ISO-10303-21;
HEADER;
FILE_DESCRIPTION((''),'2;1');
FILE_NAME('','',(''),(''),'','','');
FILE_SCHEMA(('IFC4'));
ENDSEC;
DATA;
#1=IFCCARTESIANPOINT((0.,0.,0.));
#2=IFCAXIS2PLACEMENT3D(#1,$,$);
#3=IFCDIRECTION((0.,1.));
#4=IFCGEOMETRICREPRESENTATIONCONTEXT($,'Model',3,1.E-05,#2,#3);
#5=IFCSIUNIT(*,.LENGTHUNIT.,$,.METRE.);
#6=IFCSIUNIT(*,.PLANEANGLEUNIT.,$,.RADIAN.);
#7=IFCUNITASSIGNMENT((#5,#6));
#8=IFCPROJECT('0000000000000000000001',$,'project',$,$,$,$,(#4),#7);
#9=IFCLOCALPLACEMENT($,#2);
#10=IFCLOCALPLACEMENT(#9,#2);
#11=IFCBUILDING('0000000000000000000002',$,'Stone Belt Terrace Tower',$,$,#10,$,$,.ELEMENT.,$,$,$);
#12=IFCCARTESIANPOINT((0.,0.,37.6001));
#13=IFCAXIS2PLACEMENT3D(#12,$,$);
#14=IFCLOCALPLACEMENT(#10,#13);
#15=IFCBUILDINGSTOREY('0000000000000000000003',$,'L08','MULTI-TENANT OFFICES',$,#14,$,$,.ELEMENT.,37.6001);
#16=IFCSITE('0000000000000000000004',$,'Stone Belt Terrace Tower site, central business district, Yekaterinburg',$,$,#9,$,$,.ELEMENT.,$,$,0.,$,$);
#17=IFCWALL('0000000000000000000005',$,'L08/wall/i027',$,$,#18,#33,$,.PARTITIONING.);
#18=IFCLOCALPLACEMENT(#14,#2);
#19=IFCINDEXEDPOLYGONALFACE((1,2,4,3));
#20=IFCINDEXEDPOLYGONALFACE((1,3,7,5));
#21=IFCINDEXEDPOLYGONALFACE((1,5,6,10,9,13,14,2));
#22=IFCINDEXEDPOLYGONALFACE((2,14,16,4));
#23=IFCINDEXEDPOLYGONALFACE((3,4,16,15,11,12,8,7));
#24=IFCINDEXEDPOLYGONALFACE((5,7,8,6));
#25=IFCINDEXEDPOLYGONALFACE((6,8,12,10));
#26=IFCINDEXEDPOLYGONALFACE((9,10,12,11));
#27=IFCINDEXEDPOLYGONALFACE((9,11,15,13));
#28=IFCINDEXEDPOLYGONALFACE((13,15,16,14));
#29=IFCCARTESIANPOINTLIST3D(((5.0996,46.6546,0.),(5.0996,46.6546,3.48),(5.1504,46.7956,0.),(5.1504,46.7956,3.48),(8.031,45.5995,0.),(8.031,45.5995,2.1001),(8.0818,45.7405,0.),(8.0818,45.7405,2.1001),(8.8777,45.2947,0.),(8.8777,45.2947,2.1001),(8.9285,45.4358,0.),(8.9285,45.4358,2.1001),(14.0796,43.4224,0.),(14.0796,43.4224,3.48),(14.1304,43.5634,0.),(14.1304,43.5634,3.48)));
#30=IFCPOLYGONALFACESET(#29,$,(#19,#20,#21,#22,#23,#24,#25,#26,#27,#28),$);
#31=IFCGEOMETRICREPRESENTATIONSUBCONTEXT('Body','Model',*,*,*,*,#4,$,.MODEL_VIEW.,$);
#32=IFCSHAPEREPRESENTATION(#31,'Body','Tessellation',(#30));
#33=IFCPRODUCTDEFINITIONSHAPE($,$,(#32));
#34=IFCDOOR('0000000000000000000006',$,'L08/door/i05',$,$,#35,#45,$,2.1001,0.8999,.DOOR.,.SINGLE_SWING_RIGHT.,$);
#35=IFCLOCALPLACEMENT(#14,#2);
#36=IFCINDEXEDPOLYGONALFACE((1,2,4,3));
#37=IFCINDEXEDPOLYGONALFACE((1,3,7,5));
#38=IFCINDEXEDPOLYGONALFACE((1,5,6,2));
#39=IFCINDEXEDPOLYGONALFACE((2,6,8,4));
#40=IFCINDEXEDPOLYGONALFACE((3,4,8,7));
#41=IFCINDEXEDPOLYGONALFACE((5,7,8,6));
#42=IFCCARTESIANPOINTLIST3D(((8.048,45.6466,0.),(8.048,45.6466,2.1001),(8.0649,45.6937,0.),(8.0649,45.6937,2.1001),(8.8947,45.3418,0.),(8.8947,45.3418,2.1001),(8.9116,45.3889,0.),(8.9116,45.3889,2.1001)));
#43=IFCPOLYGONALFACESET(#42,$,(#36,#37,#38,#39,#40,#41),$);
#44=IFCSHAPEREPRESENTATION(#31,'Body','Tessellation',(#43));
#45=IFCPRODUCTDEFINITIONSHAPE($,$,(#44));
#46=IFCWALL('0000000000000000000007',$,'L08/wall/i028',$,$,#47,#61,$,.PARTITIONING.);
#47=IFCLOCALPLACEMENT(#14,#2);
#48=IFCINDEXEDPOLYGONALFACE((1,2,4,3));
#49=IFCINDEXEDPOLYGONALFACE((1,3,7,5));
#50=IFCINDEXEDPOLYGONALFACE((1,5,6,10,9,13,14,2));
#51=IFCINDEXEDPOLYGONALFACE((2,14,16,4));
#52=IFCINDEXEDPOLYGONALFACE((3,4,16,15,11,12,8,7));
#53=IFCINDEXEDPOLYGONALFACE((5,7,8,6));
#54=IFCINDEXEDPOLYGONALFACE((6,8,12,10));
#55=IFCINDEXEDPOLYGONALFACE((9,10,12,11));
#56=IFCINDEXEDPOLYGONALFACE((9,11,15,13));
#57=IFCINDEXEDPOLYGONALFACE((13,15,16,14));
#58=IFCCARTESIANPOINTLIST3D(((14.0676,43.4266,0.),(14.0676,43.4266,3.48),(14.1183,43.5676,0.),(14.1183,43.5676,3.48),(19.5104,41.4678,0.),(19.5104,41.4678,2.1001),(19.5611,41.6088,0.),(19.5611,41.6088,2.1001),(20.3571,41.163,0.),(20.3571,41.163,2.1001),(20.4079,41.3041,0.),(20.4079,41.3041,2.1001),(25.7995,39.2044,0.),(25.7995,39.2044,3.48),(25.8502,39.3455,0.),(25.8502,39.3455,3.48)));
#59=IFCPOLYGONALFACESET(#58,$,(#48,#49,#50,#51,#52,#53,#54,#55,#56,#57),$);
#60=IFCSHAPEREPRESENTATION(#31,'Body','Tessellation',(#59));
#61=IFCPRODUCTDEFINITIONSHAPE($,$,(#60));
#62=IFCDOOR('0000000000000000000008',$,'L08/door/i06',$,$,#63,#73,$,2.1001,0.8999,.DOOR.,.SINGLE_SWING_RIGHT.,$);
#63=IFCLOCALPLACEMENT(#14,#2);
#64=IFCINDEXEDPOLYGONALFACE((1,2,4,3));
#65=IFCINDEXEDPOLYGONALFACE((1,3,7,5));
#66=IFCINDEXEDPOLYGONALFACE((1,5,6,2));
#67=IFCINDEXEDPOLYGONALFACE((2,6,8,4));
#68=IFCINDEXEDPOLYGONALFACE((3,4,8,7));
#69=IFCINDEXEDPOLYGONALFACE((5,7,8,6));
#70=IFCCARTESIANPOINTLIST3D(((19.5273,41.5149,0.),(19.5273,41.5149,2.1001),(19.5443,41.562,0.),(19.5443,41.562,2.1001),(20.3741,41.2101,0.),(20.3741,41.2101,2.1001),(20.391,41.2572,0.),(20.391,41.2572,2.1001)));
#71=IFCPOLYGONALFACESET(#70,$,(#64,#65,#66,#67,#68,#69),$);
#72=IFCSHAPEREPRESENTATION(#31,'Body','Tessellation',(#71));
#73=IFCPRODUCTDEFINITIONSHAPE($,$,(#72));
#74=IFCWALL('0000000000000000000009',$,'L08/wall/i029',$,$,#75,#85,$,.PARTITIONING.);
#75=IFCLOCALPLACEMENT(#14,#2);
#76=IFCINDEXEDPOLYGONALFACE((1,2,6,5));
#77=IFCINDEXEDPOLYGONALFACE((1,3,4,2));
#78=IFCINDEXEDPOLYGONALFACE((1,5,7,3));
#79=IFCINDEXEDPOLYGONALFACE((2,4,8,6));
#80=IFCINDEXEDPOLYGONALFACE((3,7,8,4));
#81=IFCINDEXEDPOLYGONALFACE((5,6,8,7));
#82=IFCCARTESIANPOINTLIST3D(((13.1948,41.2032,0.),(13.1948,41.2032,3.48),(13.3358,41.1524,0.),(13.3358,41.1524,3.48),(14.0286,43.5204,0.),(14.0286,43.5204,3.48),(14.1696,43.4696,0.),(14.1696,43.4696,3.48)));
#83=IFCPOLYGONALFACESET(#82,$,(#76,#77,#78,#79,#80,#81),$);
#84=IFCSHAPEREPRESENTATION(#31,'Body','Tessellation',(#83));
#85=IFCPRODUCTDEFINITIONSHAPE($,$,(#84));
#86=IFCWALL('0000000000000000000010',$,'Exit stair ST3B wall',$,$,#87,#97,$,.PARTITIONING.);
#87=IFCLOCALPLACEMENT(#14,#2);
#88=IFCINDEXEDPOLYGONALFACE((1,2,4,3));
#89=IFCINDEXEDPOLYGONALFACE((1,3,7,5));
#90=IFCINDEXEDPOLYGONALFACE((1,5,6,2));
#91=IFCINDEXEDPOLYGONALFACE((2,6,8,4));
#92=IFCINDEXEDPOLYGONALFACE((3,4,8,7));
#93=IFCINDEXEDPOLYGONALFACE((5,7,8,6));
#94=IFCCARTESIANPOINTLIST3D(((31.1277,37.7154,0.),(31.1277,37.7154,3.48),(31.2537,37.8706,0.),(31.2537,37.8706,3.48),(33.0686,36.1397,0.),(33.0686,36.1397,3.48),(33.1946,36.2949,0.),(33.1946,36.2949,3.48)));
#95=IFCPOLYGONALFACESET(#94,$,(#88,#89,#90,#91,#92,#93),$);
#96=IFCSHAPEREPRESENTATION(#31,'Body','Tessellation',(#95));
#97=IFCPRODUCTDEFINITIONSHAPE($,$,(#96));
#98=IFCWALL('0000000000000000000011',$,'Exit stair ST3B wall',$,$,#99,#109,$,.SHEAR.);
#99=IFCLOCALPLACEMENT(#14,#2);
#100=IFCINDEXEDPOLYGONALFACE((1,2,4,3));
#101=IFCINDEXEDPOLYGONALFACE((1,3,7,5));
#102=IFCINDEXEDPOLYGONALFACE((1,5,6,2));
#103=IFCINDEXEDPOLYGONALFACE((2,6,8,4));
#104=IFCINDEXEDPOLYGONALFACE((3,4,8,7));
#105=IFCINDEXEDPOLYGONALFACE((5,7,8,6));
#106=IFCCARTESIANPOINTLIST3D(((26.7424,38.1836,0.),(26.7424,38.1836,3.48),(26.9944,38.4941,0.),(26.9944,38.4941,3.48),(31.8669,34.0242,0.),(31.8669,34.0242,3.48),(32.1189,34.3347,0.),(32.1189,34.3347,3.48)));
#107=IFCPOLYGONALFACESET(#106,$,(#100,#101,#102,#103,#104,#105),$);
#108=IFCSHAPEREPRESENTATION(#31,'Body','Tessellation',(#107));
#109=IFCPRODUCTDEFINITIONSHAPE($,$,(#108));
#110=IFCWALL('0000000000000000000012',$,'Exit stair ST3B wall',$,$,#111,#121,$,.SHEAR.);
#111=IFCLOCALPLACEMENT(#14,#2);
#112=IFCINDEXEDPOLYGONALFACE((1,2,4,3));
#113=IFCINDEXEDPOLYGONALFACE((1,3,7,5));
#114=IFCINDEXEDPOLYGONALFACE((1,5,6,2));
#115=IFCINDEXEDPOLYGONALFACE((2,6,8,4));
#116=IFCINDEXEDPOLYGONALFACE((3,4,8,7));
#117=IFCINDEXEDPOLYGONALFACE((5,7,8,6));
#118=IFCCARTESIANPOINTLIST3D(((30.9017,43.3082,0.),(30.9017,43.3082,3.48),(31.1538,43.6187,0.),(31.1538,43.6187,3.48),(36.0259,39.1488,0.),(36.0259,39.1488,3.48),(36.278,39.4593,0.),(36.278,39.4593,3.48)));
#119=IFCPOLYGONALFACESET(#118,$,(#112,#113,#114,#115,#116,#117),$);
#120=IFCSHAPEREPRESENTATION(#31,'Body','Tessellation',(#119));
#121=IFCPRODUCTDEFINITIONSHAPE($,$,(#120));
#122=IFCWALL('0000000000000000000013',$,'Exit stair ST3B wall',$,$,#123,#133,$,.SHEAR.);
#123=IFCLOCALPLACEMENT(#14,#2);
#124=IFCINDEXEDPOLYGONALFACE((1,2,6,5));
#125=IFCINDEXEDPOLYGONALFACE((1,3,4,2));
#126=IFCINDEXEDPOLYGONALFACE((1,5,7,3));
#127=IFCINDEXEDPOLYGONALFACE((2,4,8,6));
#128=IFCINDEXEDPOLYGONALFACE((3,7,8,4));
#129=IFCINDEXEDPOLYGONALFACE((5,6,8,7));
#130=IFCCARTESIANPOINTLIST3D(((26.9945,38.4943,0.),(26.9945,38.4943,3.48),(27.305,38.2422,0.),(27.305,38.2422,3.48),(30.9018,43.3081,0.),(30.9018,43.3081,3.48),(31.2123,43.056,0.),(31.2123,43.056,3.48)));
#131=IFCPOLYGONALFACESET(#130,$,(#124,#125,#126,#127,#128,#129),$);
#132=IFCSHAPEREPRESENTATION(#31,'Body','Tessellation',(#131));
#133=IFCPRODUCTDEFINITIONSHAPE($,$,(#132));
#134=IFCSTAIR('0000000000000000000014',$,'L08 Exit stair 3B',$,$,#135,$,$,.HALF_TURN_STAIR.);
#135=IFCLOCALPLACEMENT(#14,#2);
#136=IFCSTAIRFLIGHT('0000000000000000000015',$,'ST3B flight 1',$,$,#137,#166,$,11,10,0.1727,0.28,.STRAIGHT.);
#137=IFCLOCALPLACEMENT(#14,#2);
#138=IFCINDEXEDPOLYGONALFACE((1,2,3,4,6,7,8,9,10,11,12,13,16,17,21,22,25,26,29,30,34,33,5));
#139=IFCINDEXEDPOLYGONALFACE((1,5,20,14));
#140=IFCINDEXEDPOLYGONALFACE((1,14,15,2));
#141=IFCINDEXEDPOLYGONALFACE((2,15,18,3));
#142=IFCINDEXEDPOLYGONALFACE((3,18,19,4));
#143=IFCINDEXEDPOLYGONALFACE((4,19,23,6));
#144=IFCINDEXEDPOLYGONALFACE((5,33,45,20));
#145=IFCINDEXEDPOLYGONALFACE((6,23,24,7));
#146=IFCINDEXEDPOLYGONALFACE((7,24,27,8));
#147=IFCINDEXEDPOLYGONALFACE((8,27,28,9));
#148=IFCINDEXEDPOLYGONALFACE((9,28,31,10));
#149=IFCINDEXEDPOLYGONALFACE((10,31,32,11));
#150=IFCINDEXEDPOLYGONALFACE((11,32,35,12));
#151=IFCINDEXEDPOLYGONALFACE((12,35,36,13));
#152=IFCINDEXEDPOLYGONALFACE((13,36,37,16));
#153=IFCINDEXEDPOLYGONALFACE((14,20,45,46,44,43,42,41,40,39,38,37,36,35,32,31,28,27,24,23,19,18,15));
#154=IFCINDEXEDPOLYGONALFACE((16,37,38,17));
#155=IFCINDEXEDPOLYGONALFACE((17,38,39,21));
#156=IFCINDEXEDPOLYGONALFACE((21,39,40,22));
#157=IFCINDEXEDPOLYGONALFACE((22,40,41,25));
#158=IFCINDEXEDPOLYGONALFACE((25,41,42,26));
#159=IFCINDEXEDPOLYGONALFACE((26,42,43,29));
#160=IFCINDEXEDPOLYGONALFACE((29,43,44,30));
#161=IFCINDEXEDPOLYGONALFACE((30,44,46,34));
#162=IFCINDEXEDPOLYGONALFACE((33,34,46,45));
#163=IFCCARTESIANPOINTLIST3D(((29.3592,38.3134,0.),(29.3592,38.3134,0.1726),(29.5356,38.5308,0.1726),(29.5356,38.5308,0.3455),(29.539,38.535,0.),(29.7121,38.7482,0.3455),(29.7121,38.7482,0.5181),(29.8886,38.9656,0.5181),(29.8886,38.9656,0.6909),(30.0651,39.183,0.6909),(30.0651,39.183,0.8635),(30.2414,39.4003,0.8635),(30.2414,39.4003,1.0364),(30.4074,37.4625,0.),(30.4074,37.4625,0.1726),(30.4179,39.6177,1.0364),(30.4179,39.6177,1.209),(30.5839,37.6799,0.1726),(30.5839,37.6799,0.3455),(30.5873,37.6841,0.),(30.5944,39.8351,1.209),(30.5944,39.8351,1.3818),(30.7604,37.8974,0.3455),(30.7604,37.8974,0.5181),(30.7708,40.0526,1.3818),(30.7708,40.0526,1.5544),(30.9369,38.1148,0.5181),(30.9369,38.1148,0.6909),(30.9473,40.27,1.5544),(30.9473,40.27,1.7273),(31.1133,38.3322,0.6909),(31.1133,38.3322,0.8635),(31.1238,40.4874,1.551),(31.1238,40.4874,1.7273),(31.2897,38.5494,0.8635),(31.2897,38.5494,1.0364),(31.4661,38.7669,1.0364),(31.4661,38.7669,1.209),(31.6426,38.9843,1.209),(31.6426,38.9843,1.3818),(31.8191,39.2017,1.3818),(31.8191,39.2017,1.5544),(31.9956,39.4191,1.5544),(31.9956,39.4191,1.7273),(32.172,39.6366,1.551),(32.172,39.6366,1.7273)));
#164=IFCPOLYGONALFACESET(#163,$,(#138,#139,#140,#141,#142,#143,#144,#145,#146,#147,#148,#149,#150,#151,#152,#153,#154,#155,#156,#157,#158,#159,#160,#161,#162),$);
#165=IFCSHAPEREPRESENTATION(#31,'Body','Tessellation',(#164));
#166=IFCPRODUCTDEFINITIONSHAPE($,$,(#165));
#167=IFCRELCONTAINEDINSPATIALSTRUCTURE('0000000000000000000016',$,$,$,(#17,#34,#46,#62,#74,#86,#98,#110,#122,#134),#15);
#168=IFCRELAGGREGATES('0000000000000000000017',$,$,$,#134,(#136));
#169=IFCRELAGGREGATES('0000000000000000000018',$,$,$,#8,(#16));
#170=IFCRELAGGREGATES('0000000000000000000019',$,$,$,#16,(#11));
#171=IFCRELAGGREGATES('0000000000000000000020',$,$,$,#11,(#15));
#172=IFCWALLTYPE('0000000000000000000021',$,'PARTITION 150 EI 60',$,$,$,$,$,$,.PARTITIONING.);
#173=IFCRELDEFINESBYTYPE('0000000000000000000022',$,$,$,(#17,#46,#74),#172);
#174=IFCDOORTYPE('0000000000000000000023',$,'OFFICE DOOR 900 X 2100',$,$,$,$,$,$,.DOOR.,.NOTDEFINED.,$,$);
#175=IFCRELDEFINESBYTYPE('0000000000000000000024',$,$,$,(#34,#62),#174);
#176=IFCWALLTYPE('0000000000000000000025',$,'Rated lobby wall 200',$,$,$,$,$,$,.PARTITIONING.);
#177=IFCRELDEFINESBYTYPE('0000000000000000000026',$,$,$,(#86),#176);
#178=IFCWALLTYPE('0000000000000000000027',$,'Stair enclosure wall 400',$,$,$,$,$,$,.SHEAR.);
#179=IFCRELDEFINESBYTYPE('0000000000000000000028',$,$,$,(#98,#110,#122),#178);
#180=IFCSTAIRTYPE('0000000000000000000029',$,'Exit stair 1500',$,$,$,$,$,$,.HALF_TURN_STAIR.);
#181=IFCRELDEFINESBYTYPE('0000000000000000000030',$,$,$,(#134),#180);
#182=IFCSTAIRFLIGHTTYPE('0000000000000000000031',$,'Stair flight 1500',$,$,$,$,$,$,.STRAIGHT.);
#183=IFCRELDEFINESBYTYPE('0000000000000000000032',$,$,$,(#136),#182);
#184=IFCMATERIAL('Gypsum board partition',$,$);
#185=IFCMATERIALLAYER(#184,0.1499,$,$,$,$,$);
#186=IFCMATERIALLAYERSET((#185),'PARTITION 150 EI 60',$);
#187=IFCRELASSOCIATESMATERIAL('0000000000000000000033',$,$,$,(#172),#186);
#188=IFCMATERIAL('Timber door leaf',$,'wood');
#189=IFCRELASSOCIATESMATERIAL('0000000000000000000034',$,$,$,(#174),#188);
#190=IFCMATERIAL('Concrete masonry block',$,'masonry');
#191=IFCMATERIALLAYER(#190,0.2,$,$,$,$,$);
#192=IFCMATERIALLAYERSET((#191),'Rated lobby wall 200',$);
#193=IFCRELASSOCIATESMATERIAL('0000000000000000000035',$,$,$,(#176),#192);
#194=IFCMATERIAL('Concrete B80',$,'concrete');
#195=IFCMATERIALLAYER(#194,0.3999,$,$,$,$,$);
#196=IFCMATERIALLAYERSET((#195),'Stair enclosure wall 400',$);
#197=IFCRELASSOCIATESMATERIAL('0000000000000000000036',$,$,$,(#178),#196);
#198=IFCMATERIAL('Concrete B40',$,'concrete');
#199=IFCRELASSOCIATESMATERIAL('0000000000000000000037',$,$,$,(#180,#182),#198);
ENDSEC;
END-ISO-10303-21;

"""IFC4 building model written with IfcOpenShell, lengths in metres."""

from ifc_helpers import new_model, si_unit, direction, frame, frame_2d, origin, place, context, subcontext, project, spatial, polyline, rectangle, outline, extrude, material, layer, layer_set, type_object, element, fill, aggregate, save


model = new_model("IFC4")

# Units and contexts
model_context = context("Model", 3, precision=1e-05, world=origin(), true_north=direction((0.0, 1.0)))
body_context = subcontext(model_context, "Body", "Model", "MODEL_VIEW")
ifc_project = project(units=[si_unit("LENGTHUNIT", "METRE"), si_unit("PLANEANGLEUNIT", "RADIAN")], contexts=[model_context])

# Site, building, storey
site_placement = place(None, origin())
site = spatial("IfcSite", under=ifc_project, at=site_placement, Name="Stone Belt Terrace Tower site, central business district, Yekaterinburg", CompositionType="ELEMENT", RefElevation=0.0)
building_placement = place(site_placement, origin())
building = spatial("IfcBuilding", under=site, at=building_placement, Name="Stone Belt Terrace Tower", CompositionType="ELEMENT")
storey_placement = place(building_placement, frame((0.0, 0.0, 37.6001)))
storey = spatial("IfcBuildingStorey", under=building, at=storey_placement, Name="L08", Description="MULTI-TENANT OFFICES", CompositionType="ELEMENT", Elevation=37.6001)

# Shared definitions
ifc_material_1 = material(Name="Concrete B80", Category="concrete")

# Walls, openings, doors
ifc_material_2 = material(Name="Timber door leaf", Category="wood")
ifc_material_3 = material(Name="Gypsum board partition")
ifc_layer_1 = layer(ifc_material_3, 0.1499)
ifc_layer_set_1 = layer_set([ifc_layer_1], Name="PARTITION 150 EI 60")
wall_type_1 = type_object("IfcWallType", Name="PARTITION 150 EI 60", PredefinedType="PARTITIONING", material=ifc_layer_set_1)
wall_1_placement = place(storey_placement, frame((14.105, 43.4929, 0.0), z_axis=(0.0, 0.0, 1.0), x_axis=(-0.940908, 0.338662, 0.0)))
wall_1 = element("IfcWall", 1, at=wall_1_placement, inside=storey, type_object=wall_type_1, Name="L08/wall/i027", PredefinedType="PARTITIONING", context=body_context, shape_type="SweptSolid", body=[
    extrude(rectangle(XDim=9.5439, YDim=0.1499, at=frame_2d((4.772, 0.0))), origin(), (0.0, 0.0, 1.0), 3.48),
])
opening_1_placement = place(wall_1_placement, frame((5.5286, 0.0, 0.0)))
opening_1 = element("IfcOpeningElement", 2, at=opening_1_placement, cuts=wall_1, PredefinedType="OPENING", context=body_context, shape_type="SweptSolid", body=[
    extrude(rectangle(XDim=0.8999, YDim=2.1001, at=frame_2d((0.45, 1.05))), frame((0.0, 0.085, 0.0), z_axis=(0.0, -1.0, 0.0), x_axis=(1.0, 0.0, 0.0)), (0.0, 0.0, 1.0), 0.1699),
])
door_type_1 = type_object("IfcDoorType", Name="OFFICE DOOR 900 X 2100", OperationType="NOTDEFINED", PredefinedType="DOOR", material=ifc_material_2)
door_1_placement = place(opening_1_placement, origin())
door_1 = element("IfcDoor", 3, at=door_1_placement, inside=storey, type_object=door_type_1, Name="L08/door/i05", OperationType="SINGLE_SWING_RIGHT", OverallHeight=2.1001, OverallWidth=0.8999, PredefinedType="DOOR", context=body_context, shape_type="SweptSolid", body=[
    extrude(rectangle(XDim=0.8999, YDim=2.1001, at=frame_2d((0.45, 1.05))), frame((0.0, 0.0249, 0.0), z_axis=(0.0, -1.0, 0.0), x_axis=(1.0, 0.0, 0.0)), (0.0, 0.0, 1.0), 0.05),
])
fill(opening_1, door_1)
wall_2_placement = place(storey_placement, frame((25.825, 39.2749, 0.0), z_axis=(0.0, 0.0, 1.0), x_axis=(-0.940921, 0.338625, 0.0)))
wall_2 = element("IfcWall", 4, at=wall_2_placement, inside=storey, type_object=wall_type_1, Name="L08/wall/i028", PredefinedType="PARTITIONING", context=body_context, shape_type="SweptSolid", body=[
    extrude(rectangle(XDim=12.4685, YDim=0.1499, at=frame_2d((6.2344, 0.0))), origin(), (0.0, 0.0, 1.0), 3.48),
])
opening_2_placement = place(wall_2_placement, frame((5.7842, 0.0, 0.0)))
opening_2 = element("IfcOpeningElement", 5, at=opening_2_placement, cuts=wall_2, PredefinedType="OPENING", context=body_context, shape_type="SweptSolid", body=[
    extrude(rectangle(XDim=0.8999, YDim=2.1001, at=frame_2d((0.45, 1.05))), frame((0.0, 0.085, 0.0), z_axis=(0.0, -1.0, 0.0), x_axis=(1.0, 0.0, 0.0)), (0.0, 0.0, 1.0), 0.1699),
])
door_2_placement = place(opening_2_placement, origin())
door_2 = element("IfcDoor", 6, at=door_2_placement, inside=storey, type_object=door_type_1, Name="L08/door/i06", OperationType="SINGLE_SWING_RIGHT", OverallHeight=2.1001, OverallWidth=0.8999, PredefinedType="DOOR", context=body_context, shape_type="SweptSolid", body=[
    extrude(rectangle(XDim=0.8999, YDim=2.1001, at=frame_2d((0.45, 1.05))), frame((0.0, 0.0249, 0.0), z_axis=(0.0, -1.0, 0.0), x_axis=(1.0, 0.0, 0.0)), (0.0, 0.0, 1.0), 0.05),
])
fill(opening_2, door_2)

# Walls
wall_3_placement = place(storey_placement, frame((14.0991, 43.4951, 0.0), z_axis=(0.0, 0.0, 1.0), x_axis=(-0.338565, -0.940943, 0.0)))
element("IfcWall", 7, at=wall_3_placement, inside=storey, type_object=wall_type_1, Name="L08/wall/i029", PredefinedType="PARTITIONING", context=body_context, shape_type="SweptSolid", body=[
    extrude(rectangle(XDim=2.4626, YDim=0.1499, at=frame_2d((1.2314, 0.0))), origin(), (0.0, 0.0, 1.0), 3.48),
])
ifc_material_4 = material(Name="Concrete masonry block", Category="masonry")
ifc_layer_2 = layer(ifc_material_4, 0.2)
ifc_layer_set_2 = layer_set([ifc_layer_2], Name="Rated lobby wall 200")
wall_type_2 = type_object("IfcWallType", Name="Rated lobby wall 200", PredefinedType="PARTITIONING", material=ifc_layer_set_2)
wall_4_placement = place(storey_placement, frame((31.1907, 37.793, 0.0), z_axis=(0.0, 0.0, 1.0), x_axis=(0.776371, -0.630276, 0.0)))
element("IfcWall", 8, at=wall_4_placement, inside=storey, type_object=wall_type_2, Name="Exit stair ST3B wall", PredefinedType="PARTITIONING", context=body_context, shape_type="SweptSolid", body=[
    extrude(rectangle(XDim=2.5, YDim=0.2, at=frame_2d((1.25, 0.0))), origin(), (0.0, 0.0, 1.0), 3.48),
])
ifc_layer_3 = layer(ifc_material_1, 0.3999)
ifc_layer_set_3 = layer_set([ifc_layer_3], Name="Stair enclosure wall 400")
wall_type_3 = type_object("IfcWallType", Name="Stair enclosure wall 400", PredefinedType="SHEAR", material=ifc_layer_set_3)
wall_5_placement = place(storey_placement, frame((26.8684, 38.3389, 0.0), z_axis=(0.0, 0.0, 1.0), x_axis=(0.776428, -0.630205, 0.0)))
element("IfcWall", 9, at=wall_5_placement, inside=storey, type_object=wall_type_3, Name="Exit stair ST3B wall", PredefinedType="SHEAR", context=body_context, shape_type="SweptSolid", body=[
    extrude(rectangle(XDim=6.6001, YDim=0.3999, at=frame_2d((3.3, 0.0))), origin(), (0.0, 0.0, 1.0), 3.48),
])
wall_6_placement = place(storey_placement, frame((31.0278, 43.4634, 0.0), z_axis=(0.0, 0.0, 1.0), x_axis=(0.776414, -0.630224, 0.0)))
element("IfcWall", 10, at=wall_6_placement, inside=storey, type_object=wall_type_3, Name="Exit stair ST3B wall", PredefinedType="SHEAR", context=body_context, shape_type="SweptSolid", body=[
    extrude(rectangle(XDim=6.5999, YDim=0.3999, at=frame_2d((3.2998, 0.0))), origin(), (0.0, 0.0, 1.0), 3.48),
])
wall_7_placement = place(storey_placement, frame((27.1497, 38.3682, 0.0), z_axis=(0.0, 0.0, 1.0), x_axis=(0.630212, 0.776423, 0.0)))
element("IfcWall", 11, at=wall_7_placement, inside=storey, type_object=wall_type_3, Name="Exit stair ST3B wall", PredefinedType="SHEAR", context=body_context, shape_type="SweptSolid", body=[
    extrude(rectangle(XDim=6.2, YDim=0.3999, at=frame_2d((3.1001, 0.0))), origin(), (0.0, 0.0, 1.0), 3.48),
])

# Stair, stair flight
ifc_material_5 = material(Name="Concrete B40", Category="concrete")
stair_type = type_object("IfcStairType", Name="Exit stair 1500", PredefinedType="HALF_TURN_STAIR", material=ifc_material_5)
stair_placement = place(storey_placement, origin())
stair = element("IfcStair", 12, at=stair_placement, inside=storey, type_object=stair_type, Name="L08 Exit stair 3B", PredefinedType="HALF_TURN_STAIR")
stair_flight_type = type_object("IfcStairFlightType", Name="Stair flight 1500", PredefinedType="STRAIGHT", material=ifc_material_5)
stair_flight_1_placement = place(storey_placement, frame((29.8833, 37.8879, 0.0), z_axis=(0.0, 0.0, 1.0), x_axis=(0.630206, 0.776428, 0.0)))
stair_flight_1 = element("IfcStairFlight", 13, at=stair_flight_1_placement, type_object=stair_flight_type, Name="ST3B flight 1", NumberOfRisers=11, NumberOfTreads=10, PredefinedType="STRAIGHT", RiserHeight=0.1727, TreadLength=0.28, context=body_context, shape_type="SweptSolid", body=[
    extrude(outline(polyline([(0.0, 0.0), (0.0, 0.1726), (0.28, 0.1726), (0.28, 0.3455), (0.5601, 0.3455), (0.5601, 0.5181), (0.8401, 0.5181), (0.8401, 0.6909), (1.1201, 0.6909), (1.1201, 0.8635), (1.3999, 0.8635), (1.3999, 1.0364), (1.6799, 1.0364), (1.6799, 1.209), (1.96, 1.209), (1.96, 1.3818), (2.24, 1.3818), (2.24, 1.5544), (2.52, 1.5544), (2.52, 1.7273), (2.8, 1.7273), (2.8, 1.8999), (2.8, 1.551), (0.2854, 0.0), (0.0, 0.0)])), frame((0.0, 0.675, 0.0), z_axis=(0.0, -1.0, 0.0), x_axis=(1.0, 0.0, 0.0)), (0.0, 0.0, 1.0), 1.3501),
])
aggregate(stair, [stair_flight_1])

save(model, "model.ifc")
